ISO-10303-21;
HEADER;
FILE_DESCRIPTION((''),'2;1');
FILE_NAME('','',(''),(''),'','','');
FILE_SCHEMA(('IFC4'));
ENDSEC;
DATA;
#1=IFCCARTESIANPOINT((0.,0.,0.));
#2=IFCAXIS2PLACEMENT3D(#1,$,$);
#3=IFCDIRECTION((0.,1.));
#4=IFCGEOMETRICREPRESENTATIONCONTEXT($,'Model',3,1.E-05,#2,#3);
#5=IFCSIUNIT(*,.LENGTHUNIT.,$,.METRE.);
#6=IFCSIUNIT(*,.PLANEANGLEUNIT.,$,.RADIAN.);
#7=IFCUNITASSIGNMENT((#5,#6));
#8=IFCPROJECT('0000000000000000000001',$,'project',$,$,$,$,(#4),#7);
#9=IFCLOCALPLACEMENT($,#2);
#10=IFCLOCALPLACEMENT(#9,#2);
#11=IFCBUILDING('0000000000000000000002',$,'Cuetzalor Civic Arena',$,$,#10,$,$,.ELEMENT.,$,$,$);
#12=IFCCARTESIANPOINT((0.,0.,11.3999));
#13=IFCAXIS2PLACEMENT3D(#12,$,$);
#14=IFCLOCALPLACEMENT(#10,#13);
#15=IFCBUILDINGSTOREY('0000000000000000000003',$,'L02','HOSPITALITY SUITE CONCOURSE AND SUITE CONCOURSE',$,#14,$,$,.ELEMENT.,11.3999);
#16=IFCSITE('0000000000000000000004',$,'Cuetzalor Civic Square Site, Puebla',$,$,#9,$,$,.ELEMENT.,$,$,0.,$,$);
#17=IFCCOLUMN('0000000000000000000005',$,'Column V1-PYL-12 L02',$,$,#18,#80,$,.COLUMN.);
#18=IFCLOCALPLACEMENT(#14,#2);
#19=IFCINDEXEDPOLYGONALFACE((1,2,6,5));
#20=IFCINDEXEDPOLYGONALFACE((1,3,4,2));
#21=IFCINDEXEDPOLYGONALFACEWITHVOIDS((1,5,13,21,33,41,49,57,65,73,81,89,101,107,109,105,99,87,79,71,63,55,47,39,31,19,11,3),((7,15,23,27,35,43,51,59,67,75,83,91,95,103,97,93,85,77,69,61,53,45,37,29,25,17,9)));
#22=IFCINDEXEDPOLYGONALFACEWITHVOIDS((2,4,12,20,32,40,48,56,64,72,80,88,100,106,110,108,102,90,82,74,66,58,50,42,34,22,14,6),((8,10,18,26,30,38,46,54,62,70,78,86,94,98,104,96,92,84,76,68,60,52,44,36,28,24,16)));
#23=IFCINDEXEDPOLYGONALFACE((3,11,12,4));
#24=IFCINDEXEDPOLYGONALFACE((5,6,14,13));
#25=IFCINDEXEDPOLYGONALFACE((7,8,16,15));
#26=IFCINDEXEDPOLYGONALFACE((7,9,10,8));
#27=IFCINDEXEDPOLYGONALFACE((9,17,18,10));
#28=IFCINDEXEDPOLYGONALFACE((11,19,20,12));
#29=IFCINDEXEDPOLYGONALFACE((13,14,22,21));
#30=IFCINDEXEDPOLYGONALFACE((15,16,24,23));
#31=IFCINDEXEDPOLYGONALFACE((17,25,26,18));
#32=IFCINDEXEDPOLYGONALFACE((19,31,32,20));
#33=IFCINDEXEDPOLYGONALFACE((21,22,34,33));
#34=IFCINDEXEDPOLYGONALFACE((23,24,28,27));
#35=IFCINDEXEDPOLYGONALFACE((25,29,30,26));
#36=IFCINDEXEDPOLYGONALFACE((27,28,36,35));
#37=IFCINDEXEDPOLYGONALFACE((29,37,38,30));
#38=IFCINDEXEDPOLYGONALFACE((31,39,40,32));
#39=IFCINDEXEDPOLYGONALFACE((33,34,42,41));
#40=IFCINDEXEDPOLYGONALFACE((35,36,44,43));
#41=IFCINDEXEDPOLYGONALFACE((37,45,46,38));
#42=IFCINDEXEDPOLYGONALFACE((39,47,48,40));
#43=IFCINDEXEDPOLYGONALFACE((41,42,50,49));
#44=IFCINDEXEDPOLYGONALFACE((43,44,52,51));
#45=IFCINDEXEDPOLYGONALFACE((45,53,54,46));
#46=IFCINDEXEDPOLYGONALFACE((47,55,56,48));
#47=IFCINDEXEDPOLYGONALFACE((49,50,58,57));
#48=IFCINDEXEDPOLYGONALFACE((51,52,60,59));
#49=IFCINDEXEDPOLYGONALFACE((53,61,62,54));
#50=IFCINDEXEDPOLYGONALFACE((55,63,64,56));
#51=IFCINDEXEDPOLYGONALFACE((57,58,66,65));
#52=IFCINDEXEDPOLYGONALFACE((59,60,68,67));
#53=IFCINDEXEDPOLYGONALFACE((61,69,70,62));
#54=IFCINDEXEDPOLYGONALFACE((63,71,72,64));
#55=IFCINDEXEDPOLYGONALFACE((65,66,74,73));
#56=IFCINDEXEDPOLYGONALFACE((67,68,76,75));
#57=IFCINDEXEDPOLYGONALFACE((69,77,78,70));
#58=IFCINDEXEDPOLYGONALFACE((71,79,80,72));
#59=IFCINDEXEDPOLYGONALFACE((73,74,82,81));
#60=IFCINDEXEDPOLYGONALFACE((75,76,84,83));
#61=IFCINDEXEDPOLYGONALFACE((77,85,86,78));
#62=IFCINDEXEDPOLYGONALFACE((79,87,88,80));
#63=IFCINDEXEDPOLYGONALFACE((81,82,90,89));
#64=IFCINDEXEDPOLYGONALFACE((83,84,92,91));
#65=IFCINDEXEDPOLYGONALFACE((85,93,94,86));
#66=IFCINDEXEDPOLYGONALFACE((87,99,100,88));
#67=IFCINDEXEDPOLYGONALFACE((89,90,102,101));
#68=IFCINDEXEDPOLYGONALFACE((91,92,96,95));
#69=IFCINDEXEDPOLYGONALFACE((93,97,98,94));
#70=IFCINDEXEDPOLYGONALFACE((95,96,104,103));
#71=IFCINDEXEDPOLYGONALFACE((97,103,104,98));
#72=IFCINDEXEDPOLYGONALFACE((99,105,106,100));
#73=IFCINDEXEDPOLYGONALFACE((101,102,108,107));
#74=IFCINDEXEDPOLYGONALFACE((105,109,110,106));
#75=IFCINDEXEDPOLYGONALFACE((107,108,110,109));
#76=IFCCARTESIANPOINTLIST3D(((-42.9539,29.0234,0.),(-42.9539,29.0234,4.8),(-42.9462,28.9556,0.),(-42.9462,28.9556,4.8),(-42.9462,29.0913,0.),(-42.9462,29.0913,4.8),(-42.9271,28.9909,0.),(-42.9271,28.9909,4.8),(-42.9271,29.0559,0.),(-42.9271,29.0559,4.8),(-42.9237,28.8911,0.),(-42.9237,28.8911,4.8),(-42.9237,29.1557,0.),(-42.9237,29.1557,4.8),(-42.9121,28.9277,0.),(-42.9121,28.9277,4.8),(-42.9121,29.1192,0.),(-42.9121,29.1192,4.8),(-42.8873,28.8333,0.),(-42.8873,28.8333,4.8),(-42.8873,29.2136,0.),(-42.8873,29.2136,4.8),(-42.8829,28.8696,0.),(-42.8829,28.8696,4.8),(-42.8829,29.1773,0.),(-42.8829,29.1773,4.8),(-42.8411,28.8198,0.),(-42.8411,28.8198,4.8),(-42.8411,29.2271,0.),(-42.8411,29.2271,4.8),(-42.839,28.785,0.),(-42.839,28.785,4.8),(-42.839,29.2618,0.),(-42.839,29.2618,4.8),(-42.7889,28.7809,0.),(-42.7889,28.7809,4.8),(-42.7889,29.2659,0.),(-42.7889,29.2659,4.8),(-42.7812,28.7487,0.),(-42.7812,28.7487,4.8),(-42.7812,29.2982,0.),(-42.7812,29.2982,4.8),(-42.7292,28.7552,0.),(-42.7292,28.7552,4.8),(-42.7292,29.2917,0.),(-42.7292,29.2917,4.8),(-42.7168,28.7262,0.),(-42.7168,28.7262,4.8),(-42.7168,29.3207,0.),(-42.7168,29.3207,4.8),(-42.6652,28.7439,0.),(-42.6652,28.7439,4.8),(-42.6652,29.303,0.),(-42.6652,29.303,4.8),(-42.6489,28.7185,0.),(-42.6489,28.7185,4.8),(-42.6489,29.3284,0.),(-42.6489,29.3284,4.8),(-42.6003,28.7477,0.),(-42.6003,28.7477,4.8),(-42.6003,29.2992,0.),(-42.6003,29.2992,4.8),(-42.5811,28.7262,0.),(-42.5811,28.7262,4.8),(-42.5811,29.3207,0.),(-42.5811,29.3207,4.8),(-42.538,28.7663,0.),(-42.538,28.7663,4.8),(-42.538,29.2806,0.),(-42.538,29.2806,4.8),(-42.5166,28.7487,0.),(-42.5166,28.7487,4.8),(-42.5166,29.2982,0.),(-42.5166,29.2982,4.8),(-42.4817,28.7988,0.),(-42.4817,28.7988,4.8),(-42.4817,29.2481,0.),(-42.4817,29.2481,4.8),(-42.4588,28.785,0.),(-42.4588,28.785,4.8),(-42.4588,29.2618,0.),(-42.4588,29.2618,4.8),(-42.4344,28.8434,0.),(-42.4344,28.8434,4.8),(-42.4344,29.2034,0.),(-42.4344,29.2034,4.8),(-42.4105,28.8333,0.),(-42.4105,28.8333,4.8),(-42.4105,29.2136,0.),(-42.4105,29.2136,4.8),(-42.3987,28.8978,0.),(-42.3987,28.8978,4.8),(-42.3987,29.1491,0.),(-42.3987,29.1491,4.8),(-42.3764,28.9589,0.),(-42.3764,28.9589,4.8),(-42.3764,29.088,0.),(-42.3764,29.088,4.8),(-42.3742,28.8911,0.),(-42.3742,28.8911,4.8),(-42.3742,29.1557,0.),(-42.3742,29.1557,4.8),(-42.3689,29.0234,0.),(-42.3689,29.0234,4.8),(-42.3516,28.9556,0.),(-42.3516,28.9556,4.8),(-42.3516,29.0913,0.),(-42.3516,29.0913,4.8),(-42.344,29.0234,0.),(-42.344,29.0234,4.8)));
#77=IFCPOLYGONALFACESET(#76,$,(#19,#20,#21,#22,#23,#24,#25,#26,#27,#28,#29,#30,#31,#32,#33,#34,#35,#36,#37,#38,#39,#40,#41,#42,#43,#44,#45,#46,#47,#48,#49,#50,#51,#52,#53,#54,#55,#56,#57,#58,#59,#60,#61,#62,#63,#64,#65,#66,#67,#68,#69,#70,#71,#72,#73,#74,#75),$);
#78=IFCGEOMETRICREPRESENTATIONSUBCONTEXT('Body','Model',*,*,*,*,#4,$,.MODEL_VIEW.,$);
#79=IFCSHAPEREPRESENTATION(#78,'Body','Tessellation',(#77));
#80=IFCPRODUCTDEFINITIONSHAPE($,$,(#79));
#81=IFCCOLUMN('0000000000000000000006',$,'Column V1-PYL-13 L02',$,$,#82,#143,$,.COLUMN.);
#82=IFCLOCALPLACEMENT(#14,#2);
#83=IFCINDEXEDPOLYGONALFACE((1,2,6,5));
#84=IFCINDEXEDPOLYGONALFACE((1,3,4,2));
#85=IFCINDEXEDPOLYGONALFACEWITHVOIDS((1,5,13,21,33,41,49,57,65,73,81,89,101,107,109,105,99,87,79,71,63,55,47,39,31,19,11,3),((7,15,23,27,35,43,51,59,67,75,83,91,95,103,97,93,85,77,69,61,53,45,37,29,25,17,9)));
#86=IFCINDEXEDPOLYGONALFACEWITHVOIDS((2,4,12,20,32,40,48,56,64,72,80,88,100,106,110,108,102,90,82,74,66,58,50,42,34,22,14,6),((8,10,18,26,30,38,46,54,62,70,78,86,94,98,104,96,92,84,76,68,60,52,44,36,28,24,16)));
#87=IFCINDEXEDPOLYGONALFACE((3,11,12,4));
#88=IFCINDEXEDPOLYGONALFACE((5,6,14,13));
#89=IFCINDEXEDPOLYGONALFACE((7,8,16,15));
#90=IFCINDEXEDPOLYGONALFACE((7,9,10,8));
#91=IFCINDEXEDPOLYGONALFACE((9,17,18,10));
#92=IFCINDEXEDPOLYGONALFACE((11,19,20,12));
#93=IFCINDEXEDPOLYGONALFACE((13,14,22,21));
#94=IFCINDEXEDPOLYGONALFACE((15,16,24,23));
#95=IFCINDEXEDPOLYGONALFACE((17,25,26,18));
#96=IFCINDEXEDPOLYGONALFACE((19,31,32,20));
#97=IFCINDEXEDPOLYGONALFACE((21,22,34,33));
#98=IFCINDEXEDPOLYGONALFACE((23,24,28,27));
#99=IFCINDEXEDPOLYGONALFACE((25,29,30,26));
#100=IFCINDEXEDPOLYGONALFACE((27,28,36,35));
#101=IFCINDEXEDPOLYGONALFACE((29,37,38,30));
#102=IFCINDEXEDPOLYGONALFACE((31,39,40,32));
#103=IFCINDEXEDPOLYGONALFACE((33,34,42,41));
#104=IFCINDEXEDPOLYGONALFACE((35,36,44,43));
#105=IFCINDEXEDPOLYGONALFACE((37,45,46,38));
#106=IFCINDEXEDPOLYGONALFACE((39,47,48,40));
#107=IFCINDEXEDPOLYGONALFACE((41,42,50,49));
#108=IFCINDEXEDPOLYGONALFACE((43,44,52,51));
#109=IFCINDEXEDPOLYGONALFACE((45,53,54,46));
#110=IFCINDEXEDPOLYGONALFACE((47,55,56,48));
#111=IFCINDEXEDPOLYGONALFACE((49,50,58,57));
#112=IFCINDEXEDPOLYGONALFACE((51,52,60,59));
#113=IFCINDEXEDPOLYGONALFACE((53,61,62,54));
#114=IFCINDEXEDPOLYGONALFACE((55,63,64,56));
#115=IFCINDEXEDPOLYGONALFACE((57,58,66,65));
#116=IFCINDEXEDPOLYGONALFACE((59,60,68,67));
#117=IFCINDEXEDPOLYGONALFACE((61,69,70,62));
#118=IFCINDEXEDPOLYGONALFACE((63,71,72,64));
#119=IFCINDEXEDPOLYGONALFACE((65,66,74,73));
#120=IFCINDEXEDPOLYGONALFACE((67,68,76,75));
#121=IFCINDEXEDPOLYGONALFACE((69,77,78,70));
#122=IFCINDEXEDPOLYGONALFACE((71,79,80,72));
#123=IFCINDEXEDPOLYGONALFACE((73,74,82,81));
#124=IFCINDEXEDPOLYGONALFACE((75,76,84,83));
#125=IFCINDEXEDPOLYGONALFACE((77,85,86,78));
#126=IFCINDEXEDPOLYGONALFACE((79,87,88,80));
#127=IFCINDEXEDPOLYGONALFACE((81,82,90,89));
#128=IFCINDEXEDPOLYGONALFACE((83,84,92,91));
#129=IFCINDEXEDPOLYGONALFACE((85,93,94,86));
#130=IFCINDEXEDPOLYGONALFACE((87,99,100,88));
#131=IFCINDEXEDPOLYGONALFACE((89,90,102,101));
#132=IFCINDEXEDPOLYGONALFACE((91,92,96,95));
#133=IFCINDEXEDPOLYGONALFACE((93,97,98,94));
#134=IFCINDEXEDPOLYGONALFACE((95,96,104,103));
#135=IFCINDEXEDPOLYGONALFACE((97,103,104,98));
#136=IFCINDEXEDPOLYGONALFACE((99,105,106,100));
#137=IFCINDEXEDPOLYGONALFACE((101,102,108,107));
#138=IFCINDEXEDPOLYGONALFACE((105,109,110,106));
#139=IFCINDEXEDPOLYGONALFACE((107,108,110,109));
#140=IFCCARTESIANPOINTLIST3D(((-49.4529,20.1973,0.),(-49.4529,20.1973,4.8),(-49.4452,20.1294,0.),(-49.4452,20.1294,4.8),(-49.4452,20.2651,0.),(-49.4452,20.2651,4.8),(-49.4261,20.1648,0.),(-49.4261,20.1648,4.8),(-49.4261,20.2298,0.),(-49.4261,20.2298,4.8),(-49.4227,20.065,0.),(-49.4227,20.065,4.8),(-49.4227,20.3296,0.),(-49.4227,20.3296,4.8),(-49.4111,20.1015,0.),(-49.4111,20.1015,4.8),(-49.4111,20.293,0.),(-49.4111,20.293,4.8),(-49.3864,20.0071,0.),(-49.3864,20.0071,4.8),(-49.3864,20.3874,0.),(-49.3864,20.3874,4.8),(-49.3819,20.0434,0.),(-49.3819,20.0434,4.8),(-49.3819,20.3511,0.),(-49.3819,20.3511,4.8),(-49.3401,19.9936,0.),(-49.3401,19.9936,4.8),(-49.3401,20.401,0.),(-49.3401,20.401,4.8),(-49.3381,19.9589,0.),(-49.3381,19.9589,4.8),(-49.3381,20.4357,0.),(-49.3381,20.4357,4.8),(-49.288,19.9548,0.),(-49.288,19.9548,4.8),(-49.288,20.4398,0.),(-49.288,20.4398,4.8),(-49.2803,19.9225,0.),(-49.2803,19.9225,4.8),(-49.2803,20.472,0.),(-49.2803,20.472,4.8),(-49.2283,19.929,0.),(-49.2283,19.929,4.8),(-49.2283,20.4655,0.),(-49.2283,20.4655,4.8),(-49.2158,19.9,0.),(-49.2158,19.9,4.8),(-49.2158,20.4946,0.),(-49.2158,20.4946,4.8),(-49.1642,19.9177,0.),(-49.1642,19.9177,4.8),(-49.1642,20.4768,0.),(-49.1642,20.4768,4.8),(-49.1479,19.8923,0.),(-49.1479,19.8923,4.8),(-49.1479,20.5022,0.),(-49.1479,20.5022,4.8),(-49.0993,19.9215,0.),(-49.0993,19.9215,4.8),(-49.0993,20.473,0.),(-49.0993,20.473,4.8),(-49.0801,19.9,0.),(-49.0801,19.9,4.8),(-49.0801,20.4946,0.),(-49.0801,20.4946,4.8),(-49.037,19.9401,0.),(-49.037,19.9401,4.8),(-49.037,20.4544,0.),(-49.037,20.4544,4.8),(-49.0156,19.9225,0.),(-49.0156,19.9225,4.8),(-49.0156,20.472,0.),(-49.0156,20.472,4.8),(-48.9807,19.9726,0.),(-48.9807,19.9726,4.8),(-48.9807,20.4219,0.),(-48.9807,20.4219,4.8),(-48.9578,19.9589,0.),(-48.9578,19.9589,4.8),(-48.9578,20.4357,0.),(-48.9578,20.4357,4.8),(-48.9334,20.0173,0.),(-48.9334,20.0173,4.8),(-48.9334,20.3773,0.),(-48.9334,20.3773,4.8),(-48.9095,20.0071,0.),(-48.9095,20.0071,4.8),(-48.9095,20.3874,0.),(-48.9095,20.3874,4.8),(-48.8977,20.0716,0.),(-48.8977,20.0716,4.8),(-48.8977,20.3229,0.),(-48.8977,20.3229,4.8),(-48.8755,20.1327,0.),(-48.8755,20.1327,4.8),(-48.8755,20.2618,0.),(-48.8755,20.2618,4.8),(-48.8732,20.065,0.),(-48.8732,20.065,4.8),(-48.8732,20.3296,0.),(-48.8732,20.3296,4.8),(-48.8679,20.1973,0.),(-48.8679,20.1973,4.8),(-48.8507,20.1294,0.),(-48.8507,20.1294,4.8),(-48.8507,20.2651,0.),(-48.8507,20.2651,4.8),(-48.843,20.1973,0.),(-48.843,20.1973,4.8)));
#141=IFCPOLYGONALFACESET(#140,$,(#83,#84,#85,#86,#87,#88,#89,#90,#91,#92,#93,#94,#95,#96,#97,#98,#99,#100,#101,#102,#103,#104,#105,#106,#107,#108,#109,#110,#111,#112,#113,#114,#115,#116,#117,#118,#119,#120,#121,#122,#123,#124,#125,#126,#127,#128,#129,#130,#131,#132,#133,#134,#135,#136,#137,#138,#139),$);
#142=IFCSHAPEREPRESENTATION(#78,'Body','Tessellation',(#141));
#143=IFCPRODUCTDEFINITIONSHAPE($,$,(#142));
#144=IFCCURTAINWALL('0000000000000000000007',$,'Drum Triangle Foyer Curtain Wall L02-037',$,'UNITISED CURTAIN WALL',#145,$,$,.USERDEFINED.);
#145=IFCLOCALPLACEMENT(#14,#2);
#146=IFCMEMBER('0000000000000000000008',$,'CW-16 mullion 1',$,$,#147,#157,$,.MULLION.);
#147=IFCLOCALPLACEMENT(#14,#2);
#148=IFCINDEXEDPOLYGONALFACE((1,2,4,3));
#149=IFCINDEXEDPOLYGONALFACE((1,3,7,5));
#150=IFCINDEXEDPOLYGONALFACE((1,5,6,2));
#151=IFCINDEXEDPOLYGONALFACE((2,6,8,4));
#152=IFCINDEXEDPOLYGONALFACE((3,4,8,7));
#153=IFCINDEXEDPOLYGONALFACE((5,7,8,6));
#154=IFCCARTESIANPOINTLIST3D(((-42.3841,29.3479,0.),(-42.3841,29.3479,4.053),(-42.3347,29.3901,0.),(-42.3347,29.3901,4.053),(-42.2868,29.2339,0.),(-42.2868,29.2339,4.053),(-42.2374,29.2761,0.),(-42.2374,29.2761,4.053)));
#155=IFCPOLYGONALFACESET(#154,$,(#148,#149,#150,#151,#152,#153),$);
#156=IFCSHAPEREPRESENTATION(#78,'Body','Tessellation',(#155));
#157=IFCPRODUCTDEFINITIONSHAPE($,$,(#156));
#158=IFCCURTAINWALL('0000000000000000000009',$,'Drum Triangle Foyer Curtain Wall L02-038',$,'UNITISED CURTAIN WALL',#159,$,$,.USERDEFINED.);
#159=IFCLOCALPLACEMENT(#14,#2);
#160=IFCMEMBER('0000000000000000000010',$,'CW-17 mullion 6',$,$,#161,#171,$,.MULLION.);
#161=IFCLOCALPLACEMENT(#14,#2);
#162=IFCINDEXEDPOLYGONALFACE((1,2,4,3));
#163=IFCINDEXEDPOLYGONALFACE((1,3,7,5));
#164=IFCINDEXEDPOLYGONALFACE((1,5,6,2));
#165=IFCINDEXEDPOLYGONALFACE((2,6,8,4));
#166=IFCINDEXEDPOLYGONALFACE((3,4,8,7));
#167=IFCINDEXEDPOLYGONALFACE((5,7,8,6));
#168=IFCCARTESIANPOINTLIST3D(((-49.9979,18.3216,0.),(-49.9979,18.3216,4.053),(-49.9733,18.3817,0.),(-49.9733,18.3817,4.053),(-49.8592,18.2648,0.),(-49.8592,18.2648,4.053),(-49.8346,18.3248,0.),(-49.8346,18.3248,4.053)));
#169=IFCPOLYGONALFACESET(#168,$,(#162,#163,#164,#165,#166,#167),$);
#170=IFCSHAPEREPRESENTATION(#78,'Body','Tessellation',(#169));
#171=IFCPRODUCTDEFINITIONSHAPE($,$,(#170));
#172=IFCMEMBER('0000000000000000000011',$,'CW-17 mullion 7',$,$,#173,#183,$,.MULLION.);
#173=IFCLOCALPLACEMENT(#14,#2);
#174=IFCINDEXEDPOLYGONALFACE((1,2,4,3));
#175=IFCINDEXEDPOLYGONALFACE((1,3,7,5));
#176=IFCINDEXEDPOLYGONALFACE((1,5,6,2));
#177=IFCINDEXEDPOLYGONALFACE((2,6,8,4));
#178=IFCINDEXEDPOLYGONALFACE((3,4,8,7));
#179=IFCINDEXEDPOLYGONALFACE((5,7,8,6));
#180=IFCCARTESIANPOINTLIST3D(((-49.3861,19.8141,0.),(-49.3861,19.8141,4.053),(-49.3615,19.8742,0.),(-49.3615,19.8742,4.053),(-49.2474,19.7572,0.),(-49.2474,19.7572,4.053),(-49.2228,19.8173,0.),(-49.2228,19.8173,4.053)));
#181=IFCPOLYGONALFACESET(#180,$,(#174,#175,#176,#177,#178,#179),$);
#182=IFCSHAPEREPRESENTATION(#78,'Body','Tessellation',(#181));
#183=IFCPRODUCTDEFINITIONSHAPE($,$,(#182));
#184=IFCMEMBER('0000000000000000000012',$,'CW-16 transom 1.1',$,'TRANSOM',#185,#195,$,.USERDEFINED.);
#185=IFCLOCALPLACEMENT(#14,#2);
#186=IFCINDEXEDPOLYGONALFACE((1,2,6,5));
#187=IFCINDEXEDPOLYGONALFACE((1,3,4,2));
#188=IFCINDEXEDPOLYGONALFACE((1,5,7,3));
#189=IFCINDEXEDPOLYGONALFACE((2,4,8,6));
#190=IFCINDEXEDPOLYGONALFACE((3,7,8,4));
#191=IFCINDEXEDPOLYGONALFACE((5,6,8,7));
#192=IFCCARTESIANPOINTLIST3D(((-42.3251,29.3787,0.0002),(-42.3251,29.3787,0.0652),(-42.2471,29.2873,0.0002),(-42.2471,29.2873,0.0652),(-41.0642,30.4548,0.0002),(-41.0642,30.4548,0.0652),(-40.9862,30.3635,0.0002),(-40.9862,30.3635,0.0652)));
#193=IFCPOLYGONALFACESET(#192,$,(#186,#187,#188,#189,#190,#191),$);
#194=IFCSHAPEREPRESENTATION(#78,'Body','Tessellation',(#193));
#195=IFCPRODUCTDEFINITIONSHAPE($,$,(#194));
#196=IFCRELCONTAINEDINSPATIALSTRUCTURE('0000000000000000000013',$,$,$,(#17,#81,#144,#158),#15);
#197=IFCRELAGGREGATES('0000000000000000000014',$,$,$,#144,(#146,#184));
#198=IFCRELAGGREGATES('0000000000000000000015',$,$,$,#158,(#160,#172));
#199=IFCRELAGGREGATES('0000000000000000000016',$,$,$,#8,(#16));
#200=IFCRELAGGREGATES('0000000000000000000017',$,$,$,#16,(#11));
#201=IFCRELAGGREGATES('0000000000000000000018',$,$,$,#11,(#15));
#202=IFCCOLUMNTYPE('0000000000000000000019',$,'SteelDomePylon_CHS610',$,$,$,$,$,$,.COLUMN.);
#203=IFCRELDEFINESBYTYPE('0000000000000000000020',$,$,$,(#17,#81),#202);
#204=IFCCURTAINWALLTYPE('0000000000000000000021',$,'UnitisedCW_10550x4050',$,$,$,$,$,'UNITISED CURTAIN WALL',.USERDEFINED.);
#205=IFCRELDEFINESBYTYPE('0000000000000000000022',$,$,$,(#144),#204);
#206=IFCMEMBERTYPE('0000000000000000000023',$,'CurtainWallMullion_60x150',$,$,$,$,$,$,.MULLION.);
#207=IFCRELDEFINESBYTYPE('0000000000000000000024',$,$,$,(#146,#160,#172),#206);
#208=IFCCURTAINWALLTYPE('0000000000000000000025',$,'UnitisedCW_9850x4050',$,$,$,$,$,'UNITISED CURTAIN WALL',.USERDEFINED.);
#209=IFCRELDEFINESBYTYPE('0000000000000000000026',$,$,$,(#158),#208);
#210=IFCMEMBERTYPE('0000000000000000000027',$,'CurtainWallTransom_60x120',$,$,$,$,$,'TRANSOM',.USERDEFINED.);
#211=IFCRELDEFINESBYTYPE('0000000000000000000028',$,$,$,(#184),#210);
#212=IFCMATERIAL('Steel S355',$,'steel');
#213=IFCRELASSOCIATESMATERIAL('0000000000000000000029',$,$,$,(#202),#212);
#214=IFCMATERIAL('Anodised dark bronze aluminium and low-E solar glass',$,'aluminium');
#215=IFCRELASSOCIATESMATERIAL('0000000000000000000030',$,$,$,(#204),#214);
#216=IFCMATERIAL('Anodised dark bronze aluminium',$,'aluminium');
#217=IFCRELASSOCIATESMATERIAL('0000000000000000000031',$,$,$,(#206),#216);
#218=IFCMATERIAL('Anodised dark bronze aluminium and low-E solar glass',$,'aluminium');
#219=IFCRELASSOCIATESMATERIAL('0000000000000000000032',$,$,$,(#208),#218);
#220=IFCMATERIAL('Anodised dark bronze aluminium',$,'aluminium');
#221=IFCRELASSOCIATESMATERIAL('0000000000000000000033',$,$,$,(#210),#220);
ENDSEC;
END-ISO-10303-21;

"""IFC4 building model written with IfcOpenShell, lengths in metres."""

from ifc_helpers import new_model, si_unit, direction, frame, origin, origin_2d, place, context, subcontext, project, spatial, rectangle, hollow_circle, extrude, material, material_profile, profile_set, type_object, element, aggregate, save


model = new_model("IFC4")

# Units and contexts
model_context = context("Model", 3, precision=1e-05, world=origin(), true_north=direction((0.0, 1.0)))
body_context = subcontext(model_context, "Body", "Model", "MODEL_VIEW")
ifc_project = project(units=[si_unit("LENGTHUNIT", "METRE"), si_unit("PLANEANGLEUNIT", "RADIAN")], contexts=[model_context])

# Site, building, storey
site_placement = place(None, origin())
site = spatial("IfcSite", under=ifc_project, at=site_placement, Name="Cuetzalor Civic Square Site, Puebla", CompositionType="ELEMENT", RefElevation=0.0)
building_placement = place(site_placement, origin())
building = spatial("IfcBuilding", under=site, at=building_placement, Name="Cuetzalor Civic Arena", CompositionType="ELEMENT")
storey_placement = place(building_placement, frame((0.0, 0.0, 11.3999)))
storey = spatial("IfcBuildingStorey", under=building, at=storey_placement, Name="L02", Description="HOSPITALITY SUITE CONCOURSE AND SUITE CONCOURSE", CompositionType="ELEMENT", Elevation=11.3999)

# Columns
ifc_material_1 = material(Name="Steel S355", Category="steel")
ifc_material_profile_1 = material_profile(ifc_material_1, hollow_circle(Radius=0.3049, WallThickness=0.0249, at=origin_2d()), Name="CHS 610x25")
ifc_profile_set_1 = profile_set([ifc_material_profile_1], Name="Steel S355")
column_type = type_object("IfcColumnType", Name="SteelDomePylon_CHS610", PredefinedType="COLUMN", material=ifc_profile_set_1)
for number, where, z_axis, x_axis, name in (
    (1, (-42.6489, 29.0234, 0.0), (0.0, 0.0, 1.0), (1.0, 0.0, 0.0), "Column V1-PYL-12 L02"),
    (2, (-49.1479, 20.1973, 0.0), (0.0, 0.0, 1.0), (1.0, 0.0, 0.0), "Column V1-PYL-13 L02"),
):
    element("IfcColumn", number, at=place(storey_placement, frame(where, z_axis=z_axis, x_axis=x_axis)), inside=storey, type_object=column_type, Name=name, PredefinedType="COLUMN", context=body_context, shape_type="SweptSolid", body=[
        extrude(hollow_circle(Radius=0.3049, WallThickness=0.0249, at=origin_2d()), origin(), (0.0, 0.0, 1.0), 4.8),
    ])

# Curtain wall, member
ifc_material_2 = material(Name="Anodised dark bronze aluminium and low-E solar glass", Category="aluminium")
curtain_wall_type_1 = type_object("IfcCurtainWallType", Name="UnitisedCW_10550x4050", ElementType="UNITISED CURTAIN WALL", PredefinedType="USERDEFINED", material=ifc_material_2)
curtain_wall_1_placement = place(storey_placement, origin())
curtain_wall_1 = element("IfcCurtainWall", 3, at=curtain_wall_1_placement, inside=storey, type_object=curtain_wall_type_1, Name="Drum Triangle Foyer Curtain Wall L02-037", ObjectType="UNITISED CURTAIN WALL", PredefinedType="USERDEFINED")
ifc_material_3 = material(Name="Anodised dark bronze aluminium", Category="aluminium")
ifc_material_profile_2 = material_profile(ifc_material_3, rectangle(XDim=0.0649, YDim=0.1499, at=origin_2d()), Name="ALU MULLION 65x150")
ifc_profile_set_2 = profile_set([ifc_material_profile_2], Name="Anodised dark bronze aluminium")
member_type_1 = type_object("IfcMemberType", Name="CurtainWallMullion_60x150", PredefinedType="MULLION", material=ifc_profile_set_2)
member_1_placement = place(storey_placement, frame((-42.3108, 29.312, 0.0), z_axis=(0.0, 0.0, 1.0), x_axis=(0.760677, 0.64913, 0.0)))
member_1 = element("IfcMember", 4, at=member_1_placement, type_object=member_type_1, Name="CW-16 mullion 1", PredefinedType="MULLION", context=body_context, shape_type="SweptSolid", body=[
    extrude(rectangle(XDim=0.0649, YDim=0.1499, at=origin_2d()), origin(), (0.0, 0.0, 1.0), 4.053),
])

# Curtain wall, members
ifc_material_4 = material(Name="Anodised dark bronze aluminium and low-E solar glass", Category="aluminium")
curtain_wall_type_2 = type_object("IfcCurtainWallType", Name="UnitisedCW_9850x4050", ElementType="UNITISED CURTAIN WALL", PredefinedType="USERDEFINED", material=ifc_material_4)
curtain_wall_2_placement = place(storey_placement, origin())
curtain_wall_2 = element("IfcCurtainWall", 5, at=curtain_wall_2_placement, inside=storey, type_object=curtain_wall_type_2, Name="Drum Triangle Foyer Curtain Wall L02-038", ObjectType="UNITISED CURTAIN WALL", PredefinedType="USERDEFINED")
member_2_placement = place(storey_placement, frame((-49.9163, 18.3232, 0.0), z_axis=(0.0, 0.0, 1.0), x_axis=(0.379391, 0.925236, 0.0)))
member_2 = element("IfcMember", 6, at=member_2_placement, type_object=member_type_1, Name="CW-17 mullion 6", PredefinedType="MULLION", context=body_context, shape_type="SweptSolid", body=[
    extrude(rectangle(XDim=0.0649, YDim=0.1499, at=origin_2d()), origin(), (0.0, 0.0, 1.0), 4.053),
])
member_3_placement = place(storey_placement, frame((-49.3044, 19.8157, 0.0), z_axis=(0.0, 0.0, 1.0), x_axis=(0.379391, 0.925236, 0.0)))
member_3 = element("IfcMember", 7, at=member_3_placement, type_object=member_type_1, Name="CW-17 mullion 7", PredefinedType="MULLION", context=body_context, shape_type="SweptSolid", body=[
    extrude(rectangle(XDim=0.0649, YDim=0.1499, at=origin_2d()), origin(), (0.0, 0.0, 1.0), 4.053),
])

# Member
ifc_material_5 = material(Name="Anodised dark bronze aluminium", Category="aluminium")
ifc_material_profile_3 = material_profile(ifc_material_5, rectangle(XDim=0.1201, YDim=0.0649, at=origin_2d()), Name="ALU TRANSOM 65x120")
ifc_profile_set_3 = profile_set([ifc_material_profile_3], Name="Anodised dark bronze aluminium")
member_type_2 = type_object("IfcMemberType", Name="CurtainWallTransom_60x120", ElementType="TRANSOM", PredefinedType="USERDEFINED", material=ifc_profile_set_3)
member_4_placement = place(storey_placement, frame((-42.2861, 29.333, 0.0327), z_axis=(0.760648, 0.649165, 0.0), x_axis=(-0.649165, 0.760648, 0.0)))
member_4 = element("IfcMember", 8, at=member_4_placement, type_object=member_type_2, Name="CW-16 transom 1.1", ObjectType="TRANSOM", PredefinedType="USERDEFINED", context=body_context, shape_type="SweptSolid", body=[
    extrude(rectangle(XDim=0.1201, YDim=0.0649, at=origin_2d()), origin(), (0.0, 0.0, 1.0), 1.6577),
])
aggregate(curtain_wall_1, [member_1, member_4])

aggregate(curtain_wall_2, [member_2, member_3])

save(model, "model.ifc")
